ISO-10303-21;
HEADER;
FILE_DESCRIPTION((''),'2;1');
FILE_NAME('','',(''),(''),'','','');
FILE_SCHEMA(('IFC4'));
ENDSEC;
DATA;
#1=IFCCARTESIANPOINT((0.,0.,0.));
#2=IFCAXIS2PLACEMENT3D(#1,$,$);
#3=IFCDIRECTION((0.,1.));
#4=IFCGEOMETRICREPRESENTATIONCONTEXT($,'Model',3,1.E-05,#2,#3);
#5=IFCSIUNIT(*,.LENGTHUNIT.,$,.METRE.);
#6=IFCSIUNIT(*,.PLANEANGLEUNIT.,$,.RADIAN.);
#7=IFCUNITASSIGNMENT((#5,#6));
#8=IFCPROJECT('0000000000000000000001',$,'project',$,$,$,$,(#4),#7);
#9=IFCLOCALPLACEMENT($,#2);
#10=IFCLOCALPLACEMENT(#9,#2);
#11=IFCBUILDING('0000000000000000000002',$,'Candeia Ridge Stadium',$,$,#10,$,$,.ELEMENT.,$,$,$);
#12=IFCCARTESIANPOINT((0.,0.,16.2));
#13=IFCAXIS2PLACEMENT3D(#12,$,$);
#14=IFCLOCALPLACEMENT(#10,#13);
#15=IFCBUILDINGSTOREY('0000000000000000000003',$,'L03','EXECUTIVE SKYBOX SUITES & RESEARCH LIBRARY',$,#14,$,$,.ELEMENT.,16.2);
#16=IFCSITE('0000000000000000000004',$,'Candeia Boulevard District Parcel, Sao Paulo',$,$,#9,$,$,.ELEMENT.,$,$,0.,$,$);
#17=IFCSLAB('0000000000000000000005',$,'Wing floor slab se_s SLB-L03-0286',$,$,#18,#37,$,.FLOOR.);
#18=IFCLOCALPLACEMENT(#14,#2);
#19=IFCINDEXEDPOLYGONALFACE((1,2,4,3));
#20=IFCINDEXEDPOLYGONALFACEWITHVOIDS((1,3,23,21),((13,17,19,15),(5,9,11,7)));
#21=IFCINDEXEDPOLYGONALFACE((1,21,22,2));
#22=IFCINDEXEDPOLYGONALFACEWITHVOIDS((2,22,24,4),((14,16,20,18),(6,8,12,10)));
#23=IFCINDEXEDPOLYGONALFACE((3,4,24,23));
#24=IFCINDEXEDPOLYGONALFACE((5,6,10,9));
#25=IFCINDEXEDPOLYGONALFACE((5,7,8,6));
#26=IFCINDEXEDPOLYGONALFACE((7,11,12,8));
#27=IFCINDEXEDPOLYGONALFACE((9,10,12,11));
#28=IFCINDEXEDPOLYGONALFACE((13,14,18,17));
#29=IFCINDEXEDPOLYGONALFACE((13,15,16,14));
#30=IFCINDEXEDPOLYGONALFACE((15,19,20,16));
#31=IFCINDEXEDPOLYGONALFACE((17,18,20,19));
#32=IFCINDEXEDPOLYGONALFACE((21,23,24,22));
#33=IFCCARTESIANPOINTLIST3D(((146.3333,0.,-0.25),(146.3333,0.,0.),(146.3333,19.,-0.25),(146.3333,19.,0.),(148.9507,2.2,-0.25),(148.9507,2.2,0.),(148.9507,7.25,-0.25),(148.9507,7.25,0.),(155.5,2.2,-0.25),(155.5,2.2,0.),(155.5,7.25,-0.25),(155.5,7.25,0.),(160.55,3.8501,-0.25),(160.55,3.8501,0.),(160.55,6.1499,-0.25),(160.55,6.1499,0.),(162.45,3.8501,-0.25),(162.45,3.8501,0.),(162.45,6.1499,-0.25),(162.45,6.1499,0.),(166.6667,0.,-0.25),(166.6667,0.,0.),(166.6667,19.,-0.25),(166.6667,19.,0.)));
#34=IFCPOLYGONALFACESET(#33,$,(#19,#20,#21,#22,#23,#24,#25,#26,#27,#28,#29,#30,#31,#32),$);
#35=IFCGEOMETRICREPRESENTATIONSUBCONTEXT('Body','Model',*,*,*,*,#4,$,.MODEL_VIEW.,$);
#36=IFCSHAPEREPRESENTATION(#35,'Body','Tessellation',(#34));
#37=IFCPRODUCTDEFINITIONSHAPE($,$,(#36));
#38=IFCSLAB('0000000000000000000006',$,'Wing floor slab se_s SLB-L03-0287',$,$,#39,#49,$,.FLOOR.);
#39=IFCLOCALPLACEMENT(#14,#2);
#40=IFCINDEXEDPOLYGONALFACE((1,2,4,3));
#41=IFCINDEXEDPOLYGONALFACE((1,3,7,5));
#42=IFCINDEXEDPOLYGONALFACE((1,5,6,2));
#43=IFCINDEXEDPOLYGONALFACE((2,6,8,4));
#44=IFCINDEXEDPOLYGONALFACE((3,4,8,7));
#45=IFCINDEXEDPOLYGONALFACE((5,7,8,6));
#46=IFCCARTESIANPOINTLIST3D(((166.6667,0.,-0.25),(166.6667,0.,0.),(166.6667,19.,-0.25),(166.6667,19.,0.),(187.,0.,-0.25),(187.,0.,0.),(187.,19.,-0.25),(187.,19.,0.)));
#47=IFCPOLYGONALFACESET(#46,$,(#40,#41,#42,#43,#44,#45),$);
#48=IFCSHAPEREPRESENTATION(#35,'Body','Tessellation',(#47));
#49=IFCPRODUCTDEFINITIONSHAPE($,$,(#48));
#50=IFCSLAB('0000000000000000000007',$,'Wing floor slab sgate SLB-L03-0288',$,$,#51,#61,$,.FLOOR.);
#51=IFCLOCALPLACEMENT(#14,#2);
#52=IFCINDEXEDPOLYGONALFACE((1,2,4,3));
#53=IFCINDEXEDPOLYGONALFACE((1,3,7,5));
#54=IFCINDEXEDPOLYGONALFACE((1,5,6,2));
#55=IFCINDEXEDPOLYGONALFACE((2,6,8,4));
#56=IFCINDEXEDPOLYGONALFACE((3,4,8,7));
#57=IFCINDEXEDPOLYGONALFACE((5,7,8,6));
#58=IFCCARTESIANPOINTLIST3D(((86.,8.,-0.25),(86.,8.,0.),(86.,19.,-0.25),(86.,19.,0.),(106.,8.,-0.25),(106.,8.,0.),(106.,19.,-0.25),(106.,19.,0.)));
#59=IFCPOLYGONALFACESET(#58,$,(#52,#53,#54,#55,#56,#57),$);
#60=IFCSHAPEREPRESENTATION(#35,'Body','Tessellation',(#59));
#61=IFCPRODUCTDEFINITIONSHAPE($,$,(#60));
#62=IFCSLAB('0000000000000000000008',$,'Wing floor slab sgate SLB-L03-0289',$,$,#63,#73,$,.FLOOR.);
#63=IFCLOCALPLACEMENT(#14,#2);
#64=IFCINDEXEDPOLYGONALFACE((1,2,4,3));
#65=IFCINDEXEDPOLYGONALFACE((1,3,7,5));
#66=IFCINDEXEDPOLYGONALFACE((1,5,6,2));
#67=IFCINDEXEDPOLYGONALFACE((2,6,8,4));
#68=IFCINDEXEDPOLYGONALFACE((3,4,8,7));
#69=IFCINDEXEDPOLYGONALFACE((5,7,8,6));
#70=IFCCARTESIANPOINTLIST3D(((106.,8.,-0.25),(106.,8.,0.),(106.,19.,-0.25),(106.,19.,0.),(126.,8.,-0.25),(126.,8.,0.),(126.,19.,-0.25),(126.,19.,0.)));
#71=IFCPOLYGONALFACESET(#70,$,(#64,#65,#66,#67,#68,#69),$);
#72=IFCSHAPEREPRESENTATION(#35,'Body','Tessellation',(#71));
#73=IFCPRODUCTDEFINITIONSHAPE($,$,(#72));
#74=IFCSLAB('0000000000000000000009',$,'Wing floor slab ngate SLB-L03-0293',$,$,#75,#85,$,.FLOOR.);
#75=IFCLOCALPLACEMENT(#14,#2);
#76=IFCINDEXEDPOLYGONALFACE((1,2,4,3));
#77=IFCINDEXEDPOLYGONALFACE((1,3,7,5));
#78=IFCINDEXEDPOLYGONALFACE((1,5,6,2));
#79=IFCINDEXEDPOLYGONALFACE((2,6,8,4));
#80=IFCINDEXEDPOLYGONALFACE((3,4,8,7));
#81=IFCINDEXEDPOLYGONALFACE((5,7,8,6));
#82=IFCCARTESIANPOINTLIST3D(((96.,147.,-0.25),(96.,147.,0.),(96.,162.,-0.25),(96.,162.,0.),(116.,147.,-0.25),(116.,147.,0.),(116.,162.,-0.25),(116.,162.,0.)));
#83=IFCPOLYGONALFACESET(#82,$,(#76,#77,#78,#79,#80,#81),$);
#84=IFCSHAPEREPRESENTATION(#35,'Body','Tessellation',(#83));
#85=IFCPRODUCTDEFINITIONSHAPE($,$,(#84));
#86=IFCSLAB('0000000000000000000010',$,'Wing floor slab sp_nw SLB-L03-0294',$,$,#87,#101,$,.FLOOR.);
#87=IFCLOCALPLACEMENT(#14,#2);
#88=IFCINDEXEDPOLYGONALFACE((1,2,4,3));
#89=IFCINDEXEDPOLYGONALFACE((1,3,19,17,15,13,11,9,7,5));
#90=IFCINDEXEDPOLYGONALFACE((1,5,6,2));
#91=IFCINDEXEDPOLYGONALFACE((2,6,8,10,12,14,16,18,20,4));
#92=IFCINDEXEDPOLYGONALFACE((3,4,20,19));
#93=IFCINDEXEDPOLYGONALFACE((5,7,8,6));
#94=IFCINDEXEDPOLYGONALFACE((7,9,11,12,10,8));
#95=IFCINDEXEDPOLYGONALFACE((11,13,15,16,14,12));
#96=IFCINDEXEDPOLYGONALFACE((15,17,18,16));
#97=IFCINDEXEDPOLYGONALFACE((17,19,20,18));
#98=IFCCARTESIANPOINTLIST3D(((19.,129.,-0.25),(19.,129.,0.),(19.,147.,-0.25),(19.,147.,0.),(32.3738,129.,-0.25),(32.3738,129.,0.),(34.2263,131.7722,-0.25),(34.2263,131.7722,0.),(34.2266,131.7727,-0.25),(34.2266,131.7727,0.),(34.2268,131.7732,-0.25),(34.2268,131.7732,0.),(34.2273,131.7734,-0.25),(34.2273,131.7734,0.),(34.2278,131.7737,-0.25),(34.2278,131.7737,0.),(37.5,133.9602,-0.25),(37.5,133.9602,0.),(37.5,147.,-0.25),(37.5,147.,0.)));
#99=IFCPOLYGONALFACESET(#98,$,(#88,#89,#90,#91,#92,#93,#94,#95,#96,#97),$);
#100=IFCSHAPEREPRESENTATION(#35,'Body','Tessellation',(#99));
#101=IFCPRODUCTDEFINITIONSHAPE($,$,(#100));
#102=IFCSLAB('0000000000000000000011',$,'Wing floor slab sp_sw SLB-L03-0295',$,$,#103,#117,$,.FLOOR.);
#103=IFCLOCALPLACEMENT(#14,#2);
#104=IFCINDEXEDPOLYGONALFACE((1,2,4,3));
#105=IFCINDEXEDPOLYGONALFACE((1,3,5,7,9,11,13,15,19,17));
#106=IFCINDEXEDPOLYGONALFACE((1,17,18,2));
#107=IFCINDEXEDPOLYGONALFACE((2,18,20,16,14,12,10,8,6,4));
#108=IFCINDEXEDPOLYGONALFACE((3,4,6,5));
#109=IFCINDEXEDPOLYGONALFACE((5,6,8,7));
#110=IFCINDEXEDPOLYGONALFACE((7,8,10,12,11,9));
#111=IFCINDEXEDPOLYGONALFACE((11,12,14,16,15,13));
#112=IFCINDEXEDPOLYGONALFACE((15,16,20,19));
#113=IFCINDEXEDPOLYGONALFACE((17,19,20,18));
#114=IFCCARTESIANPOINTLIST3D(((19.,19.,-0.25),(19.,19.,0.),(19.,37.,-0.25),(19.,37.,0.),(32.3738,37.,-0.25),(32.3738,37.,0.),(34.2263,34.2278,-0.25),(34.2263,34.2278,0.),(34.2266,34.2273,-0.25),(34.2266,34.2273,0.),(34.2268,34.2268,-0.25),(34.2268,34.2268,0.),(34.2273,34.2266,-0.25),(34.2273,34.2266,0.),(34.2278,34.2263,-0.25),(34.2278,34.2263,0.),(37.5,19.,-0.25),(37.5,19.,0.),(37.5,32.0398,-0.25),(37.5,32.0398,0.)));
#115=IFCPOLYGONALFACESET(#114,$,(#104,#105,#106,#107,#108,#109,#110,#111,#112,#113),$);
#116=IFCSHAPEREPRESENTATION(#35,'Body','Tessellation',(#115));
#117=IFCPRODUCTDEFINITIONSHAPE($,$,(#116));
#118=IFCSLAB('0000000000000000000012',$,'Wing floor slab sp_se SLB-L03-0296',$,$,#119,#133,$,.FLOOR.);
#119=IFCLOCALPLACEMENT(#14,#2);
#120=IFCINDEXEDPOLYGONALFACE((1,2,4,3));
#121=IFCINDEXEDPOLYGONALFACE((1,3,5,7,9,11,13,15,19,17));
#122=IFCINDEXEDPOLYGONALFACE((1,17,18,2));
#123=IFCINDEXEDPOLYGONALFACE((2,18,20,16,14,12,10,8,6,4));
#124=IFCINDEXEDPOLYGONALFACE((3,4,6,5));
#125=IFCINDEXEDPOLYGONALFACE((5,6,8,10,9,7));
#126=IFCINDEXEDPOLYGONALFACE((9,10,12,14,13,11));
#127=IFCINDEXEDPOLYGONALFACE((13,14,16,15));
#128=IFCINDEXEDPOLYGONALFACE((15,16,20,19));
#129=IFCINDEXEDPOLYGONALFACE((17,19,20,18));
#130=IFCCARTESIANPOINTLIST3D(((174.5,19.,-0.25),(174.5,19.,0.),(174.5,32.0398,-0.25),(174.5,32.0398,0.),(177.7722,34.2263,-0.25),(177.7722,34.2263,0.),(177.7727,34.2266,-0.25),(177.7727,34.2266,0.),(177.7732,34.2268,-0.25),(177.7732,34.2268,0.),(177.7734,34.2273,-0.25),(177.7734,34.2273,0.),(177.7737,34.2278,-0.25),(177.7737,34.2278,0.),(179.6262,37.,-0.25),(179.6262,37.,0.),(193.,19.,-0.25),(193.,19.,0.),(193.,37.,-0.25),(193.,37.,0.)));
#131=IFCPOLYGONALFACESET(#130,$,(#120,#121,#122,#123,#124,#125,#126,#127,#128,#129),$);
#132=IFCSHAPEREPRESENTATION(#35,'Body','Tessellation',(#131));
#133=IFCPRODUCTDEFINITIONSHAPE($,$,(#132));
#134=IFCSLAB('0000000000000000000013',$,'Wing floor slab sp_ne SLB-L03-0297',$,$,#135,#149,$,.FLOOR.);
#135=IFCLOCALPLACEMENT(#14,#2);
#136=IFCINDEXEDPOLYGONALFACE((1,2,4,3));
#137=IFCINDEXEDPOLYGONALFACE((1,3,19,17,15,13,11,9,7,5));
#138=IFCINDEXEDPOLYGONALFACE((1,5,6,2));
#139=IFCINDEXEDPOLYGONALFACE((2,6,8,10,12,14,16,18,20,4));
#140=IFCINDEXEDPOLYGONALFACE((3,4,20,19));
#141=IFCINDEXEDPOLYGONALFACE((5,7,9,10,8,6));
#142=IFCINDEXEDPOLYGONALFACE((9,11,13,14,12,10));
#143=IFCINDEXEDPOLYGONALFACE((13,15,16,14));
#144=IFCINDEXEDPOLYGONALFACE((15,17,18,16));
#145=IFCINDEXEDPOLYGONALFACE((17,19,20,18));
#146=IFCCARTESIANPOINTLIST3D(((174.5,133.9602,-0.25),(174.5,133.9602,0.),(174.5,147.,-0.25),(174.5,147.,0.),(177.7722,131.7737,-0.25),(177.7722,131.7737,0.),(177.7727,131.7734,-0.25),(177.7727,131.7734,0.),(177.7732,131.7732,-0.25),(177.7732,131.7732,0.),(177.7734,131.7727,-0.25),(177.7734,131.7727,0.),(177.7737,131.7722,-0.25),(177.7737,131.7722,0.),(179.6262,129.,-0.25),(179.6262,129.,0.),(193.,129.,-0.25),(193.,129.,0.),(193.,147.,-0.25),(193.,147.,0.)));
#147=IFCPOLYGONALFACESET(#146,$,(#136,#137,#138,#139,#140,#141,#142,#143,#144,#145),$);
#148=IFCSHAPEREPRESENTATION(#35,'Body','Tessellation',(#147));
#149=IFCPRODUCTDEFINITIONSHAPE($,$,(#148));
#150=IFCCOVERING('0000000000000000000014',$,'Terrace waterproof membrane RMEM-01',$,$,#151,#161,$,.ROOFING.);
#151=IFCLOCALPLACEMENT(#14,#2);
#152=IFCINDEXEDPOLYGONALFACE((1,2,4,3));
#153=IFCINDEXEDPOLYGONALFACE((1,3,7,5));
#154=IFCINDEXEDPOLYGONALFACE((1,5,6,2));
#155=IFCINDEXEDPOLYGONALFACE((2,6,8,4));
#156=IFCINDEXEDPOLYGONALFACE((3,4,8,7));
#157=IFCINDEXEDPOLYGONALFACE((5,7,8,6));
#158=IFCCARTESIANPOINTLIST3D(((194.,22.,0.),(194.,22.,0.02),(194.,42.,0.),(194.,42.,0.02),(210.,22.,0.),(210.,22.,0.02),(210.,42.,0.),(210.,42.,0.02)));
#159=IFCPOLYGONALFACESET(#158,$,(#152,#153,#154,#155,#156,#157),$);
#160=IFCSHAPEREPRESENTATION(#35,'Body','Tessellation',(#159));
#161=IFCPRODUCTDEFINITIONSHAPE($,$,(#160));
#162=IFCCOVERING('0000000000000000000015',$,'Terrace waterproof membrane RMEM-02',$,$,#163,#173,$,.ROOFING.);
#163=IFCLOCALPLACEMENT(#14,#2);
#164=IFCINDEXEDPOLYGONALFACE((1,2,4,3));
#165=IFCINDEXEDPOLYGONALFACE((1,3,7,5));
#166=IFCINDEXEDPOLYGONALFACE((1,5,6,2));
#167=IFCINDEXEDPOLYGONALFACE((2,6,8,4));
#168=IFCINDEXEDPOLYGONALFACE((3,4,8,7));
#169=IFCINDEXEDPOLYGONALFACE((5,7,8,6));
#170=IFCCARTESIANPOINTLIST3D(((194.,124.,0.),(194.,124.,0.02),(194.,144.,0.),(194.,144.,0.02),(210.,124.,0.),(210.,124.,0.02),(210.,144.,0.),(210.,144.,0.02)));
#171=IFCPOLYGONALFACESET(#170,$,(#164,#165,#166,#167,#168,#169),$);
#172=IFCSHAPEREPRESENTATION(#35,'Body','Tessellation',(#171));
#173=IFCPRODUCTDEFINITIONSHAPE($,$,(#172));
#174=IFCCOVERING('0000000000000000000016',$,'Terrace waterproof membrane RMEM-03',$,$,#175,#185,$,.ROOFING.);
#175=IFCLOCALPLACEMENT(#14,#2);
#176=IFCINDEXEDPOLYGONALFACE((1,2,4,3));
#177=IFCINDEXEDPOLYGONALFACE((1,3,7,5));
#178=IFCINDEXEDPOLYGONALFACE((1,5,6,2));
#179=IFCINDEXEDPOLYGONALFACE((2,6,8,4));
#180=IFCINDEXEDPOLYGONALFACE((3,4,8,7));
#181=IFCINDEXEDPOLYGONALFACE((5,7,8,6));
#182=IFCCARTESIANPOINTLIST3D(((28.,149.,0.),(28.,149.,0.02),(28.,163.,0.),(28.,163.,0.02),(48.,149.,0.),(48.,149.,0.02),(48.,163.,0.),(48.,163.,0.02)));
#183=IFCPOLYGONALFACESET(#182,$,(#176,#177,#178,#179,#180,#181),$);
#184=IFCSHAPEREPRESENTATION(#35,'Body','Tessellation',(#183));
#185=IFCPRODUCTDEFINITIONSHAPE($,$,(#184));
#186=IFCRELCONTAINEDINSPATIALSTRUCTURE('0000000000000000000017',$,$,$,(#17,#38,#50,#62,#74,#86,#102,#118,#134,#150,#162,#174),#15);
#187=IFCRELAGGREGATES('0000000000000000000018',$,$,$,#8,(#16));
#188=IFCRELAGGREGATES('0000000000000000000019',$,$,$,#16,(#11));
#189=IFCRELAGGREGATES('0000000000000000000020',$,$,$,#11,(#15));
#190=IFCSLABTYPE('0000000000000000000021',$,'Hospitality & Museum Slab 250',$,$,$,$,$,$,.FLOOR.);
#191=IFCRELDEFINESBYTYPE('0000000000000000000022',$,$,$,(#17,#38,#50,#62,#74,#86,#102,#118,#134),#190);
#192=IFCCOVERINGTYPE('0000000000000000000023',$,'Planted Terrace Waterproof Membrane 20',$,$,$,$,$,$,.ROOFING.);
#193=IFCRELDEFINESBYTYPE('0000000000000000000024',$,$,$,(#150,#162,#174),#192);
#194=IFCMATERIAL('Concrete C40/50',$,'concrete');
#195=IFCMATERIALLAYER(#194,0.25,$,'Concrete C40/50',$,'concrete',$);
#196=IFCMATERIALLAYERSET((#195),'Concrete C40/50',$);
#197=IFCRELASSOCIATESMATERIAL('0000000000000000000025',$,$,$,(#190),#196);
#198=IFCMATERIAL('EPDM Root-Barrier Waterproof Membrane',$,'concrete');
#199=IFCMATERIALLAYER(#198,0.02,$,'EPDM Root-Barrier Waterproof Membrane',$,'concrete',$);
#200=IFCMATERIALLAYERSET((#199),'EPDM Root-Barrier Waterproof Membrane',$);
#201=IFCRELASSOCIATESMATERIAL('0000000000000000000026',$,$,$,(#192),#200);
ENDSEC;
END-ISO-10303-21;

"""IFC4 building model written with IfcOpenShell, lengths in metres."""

from ifc_helpers import new_model, si_unit, direction, frame, origin, place, context, subcontext, project, spatial, polyline, outline, extrude, material, layer, layer_set, type_object, element, save


model = new_model("IFC4")

# Units and contexts
model_context = context("Model", 3, precision=1e-05, world=origin(), true_north=direction((0.0, 1.0)))
body_context = subcontext(model_context, "Body", "Model", "MODEL_VIEW")
ifc_project = project(units=[si_unit("LENGTHUNIT", "METRE"), si_unit("PLANEANGLEUNIT", "RADIAN")], contexts=[model_context])

# Site, building, storey
site_placement = place(None, origin())
site = spatial("IfcSite", under=ifc_project, at=site_placement, Name="Candeia Boulevard District Parcel, Sao Paulo", CompositionType="ELEMENT", RefElevation=0.0)
building_placement = place(site_placement, origin())
building = spatial("IfcBuilding", under=site, at=building_placement, Name="Candeia Ridge Stadium", CompositionType="ELEMENT")
storey_placement = place(building_placement, frame((0.0, 0.0, 16.2)))
storey = spatial("IfcBuildingStorey", under=building, at=storey_placement, Name="L03", Description="EXECUTIVE SKYBOX SUITES & RESEARCH LIBRARY", CompositionType="ELEMENT", Elevation=16.2)

# Shared definitions
ifc_material_1 = material(Name="Concrete C40/50", Category="concrete")

# Slabs
ifc_layer_1 = layer(ifc_material_1, 0.25, Name="Concrete C40/50", Category="concrete")
ifc_layer_set_1 = layer_set([ifc_layer_1], Name="Concrete C40/50")
slab_type_1 = type_object("IfcSlabType", Name="Hospitality & Museum Slab 250", PredefinedType="FLOOR", material=ifc_layer_set_1)
slab_1_placement = place(storey_placement, frame((0.0, 0.0, -0.25)))
element("IfcSlab", 1, at=slab_1_placement, inside=storey, type_object=slab_type_1, Name="Wing floor slab se_s SLB-L03-0286", PredefinedType="FLOOR", context=body_context, shape_type="SweptSolid", body=[
    extrude(outline(polyline([(146.3333, 0.0), (146.3333, 19.0), (166.6667, 19.0), (166.6667, 0.0), (146.3333, 0.0)]), holes=[polyline([(148.9507, 2.2), (155.5, 2.2), (155.5, 7.25), (148.9507, 7.25), (148.9507, 2.2)]), polyline([(162.45, 3.8501), (162.45, 6.1499), (160.55, 6.1499), (160.55, 3.8501), (162.45, 3.8501)])]), origin(), (0.0, 0.0, 1.0), 0.25),
])
slab_2_placement = place(storey_placement, frame((0.0, 0.0, -0.25)))
element("IfcSlab", 2, at=slab_2_placement, inside=storey, type_object=slab_type_1, Name="Wing floor slab se_s SLB-L03-0287", PredefinedType="FLOOR", context=body_context, shape_type="SweptSolid", body=[
    extrude(outline(polyline([(166.6667, 0.0), (166.6667, 19.0), (187.0, 19.0), (187.0, 0.0), (166.6667, 0.0)])), origin(), (0.0, 0.0, 1.0), 0.25),
])
slab_3_placement = place(storey_placement, frame((0.0, 0.0, -0.25)))
element("IfcSlab", 3, at=slab_3_placement, inside=storey, type_object=slab_type_1, Name="Wing floor slab sgate SLB-L03-0288", PredefinedType="FLOOR", context=body_context, shape_type="SweptSolid", body=[
    extrude(outline(polyline([(86.0, 8.0), (86.0, 19.0), (106.0, 19.0), (106.0, 8.0), (86.0, 8.0)])), origin(), (0.0, 0.0, 1.0), 0.25),
])
slab_4_placement = place(storey_placement, frame((0.0, 0.0, -0.25)))
element("IfcSlab", 4, at=slab_4_placement, inside=storey, type_object=slab_type_1, Name="Wing floor slab sgate SLB-L03-0289", PredefinedType="FLOOR", context=body_context, shape_type="SweptSolid", body=[
    extrude(outline(polyline([(106.0, 8.0), (106.0, 19.0), (126.0, 19.0), (126.0, 8.0), (106.0, 8.0)])), origin(), (0.0, 0.0, 1.0), 0.25),
])
slab_5_placement = place(storey_placement, frame((0.0, 0.0, -0.25)))
element("IfcSlab", 5, at=slab_5_placement, inside=storey, type_object=slab_type_1, Name="Wing floor slab ngate SLB-L03-0293", PredefinedType="FLOOR", context=body_context, shape_type="SweptSolid", body=[
    extrude(outline(polyline([(96.0, 147.0), (96.0, 162.0), (116.0, 162.0), (116.0, 147.0), (96.0, 147.0)])), origin(), (0.0, 0.0, 1.0), 0.25),
])
slab_6_placement = place(storey_placement, frame((0.0, 0.0, -0.25)))
element("IfcSlab", 6, at=slab_6_placement, inside=storey, type_object=slab_type_1, Name="Wing floor slab sp_nw SLB-L03-0294", PredefinedType="FLOOR", context=body_context, shape_type="SweptSolid", body=[
    extrude(outline(polyline([(19.0, 147.0), (37.5, 147.0), (37.5, 133.9602), (34.2278, 131.7737), (34.2273, 131.7734), (34.2268, 131.7732), (34.2266, 131.7727), (34.2263, 131.7722), (32.3738, 129.0), (19.0, 129.0), (19.0, 147.0)])), origin(), (0.0, 0.0, 1.0), 0.25),
])
slab_7_placement = place(storey_placement, frame((0.0, 0.0, -0.25)))
element("IfcSlab", 7, at=slab_7_placement, inside=storey, type_object=slab_type_1, Name="Wing floor slab sp_sw SLB-L03-0295", PredefinedType="FLOOR", context=body_context, shape_type="SweptSolid", body=[
    extrude(outline(polyline([(19.0, 19.0), (19.0, 37.0), (32.3738, 37.0), (34.2263, 34.2278), (34.2266, 34.2273), (34.2268, 34.2268), (34.2273, 34.2266), (34.2278, 34.2263), (37.5, 32.0398), (37.5, 19.0), (19.0, 19.0)])), origin(), (0.0, 0.0, 1.0), 0.25),
])
slab_8_placement = place(storey_placement, frame((0.0, 0.0, -0.25)))
element("IfcSlab", 8, at=slab_8_placement, inside=storey, type_object=slab_type_1, Name="Wing floor slab sp_se SLB-L03-0296", PredefinedType="FLOOR", context=body_context, shape_type="SweptSolid", body=[
    extrude(outline(polyline([(193.0, 19.0), (174.5, 19.0), (174.5, 32.0398), (177.7722, 34.2263), (177.7727, 34.2266), (177.7732, 34.2268), (177.7734, 34.2273), (177.7737, 34.2278), (179.6262, 37.0), (193.0, 37.0), (193.0, 19.0)])), origin(), (0.0, 0.0, 1.0), 0.25),
])
slab_9_placement = place(storey_placement, frame((0.0, 0.0, -0.25)))
element("IfcSlab", 9, at=slab_9_placement, inside=storey, type_object=slab_type_1, Name="Wing floor slab sp_ne SLB-L03-0297", PredefinedType="FLOOR", context=body_context, shape_type="SweptSolid", body=[
    extrude(outline(polyline([(193.0, 147.0), (193.0, 129.0), (179.6262, 129.0), (177.7737, 131.7722), (177.7734, 131.7727), (177.7732, 131.7732), (177.7727, 131.7734), (177.7722, 131.7737), (174.5, 133.9602), (174.5, 147.0), (193.0, 147.0)])), origin(), (0.0, 0.0, 1.0), 0.25),
])

# Coverings
ifc_material_2 = material(Name="EPDM Root-Barrier Waterproof Membrane", Category="concrete")
ifc_layer_2 = layer(ifc_material_2, 0.02, Name="EPDM Root-Barrier Waterproof Membrane", Category="concrete")
ifc_layer_set_2 = layer_set([ifc_layer_2], Name="EPDM Root-Barrier Waterproof Membrane")
covering_type = type_object("IfcCoveringType", Name="Planted Terrace Waterproof Membrane 20", PredefinedType="ROOFING", material=ifc_layer_set_2)
covering_1_placement = place(storey_placement, origin())
element("IfcCovering", 10, at=covering_1_placement, inside=storey, type_object=covering_type, Name="Terrace waterproof membrane RMEM-01", PredefinedType="ROOFING", context=body_context, shape_type="SweptSolid", body=[
    extrude(outline(polyline([(194.0, 22.0), (210.0, 22.0), (210.0, 42.0), (194.0, 42.0), (194.0, 22.0)])), origin(), (0.0, 0.0, 1.0), 0.02),
])
covering_2_placement = place(storey_placement, origin())
element("IfcCovering", 11, at=covering_2_placement, inside=storey, type_object=covering_type, Name="Terrace waterproof membrane RMEM-02", PredefinedType="ROOFING", context=body_context, shape_type="SweptSolid", body=[
    extrude(outline(polyline([(194.0, 124.0), (210.0, 124.0), (210.0, 144.0), (194.0, 144.0), (194.0, 124.0)])), origin(), (0.0, 0.0, 1.0), 0.02),
])
covering_3_placement = place(storey_placement, origin())
element("IfcCovering", 12, at=covering_3_placement, inside=storey, type_object=covering_type, Name="Terrace waterproof membrane RMEM-03", PredefinedType="ROOFING", context=body_context, shape_type="SweptSolid", body=[
    extrude(outline(polyline([(28.0, 149.0), (48.0, 149.0), (48.0, 163.0), (28.0, 163.0), (28.0, 149.0)])), origin(), (0.0, 0.0, 1.0), 0.02),
])

save(model, "model.ifc")
